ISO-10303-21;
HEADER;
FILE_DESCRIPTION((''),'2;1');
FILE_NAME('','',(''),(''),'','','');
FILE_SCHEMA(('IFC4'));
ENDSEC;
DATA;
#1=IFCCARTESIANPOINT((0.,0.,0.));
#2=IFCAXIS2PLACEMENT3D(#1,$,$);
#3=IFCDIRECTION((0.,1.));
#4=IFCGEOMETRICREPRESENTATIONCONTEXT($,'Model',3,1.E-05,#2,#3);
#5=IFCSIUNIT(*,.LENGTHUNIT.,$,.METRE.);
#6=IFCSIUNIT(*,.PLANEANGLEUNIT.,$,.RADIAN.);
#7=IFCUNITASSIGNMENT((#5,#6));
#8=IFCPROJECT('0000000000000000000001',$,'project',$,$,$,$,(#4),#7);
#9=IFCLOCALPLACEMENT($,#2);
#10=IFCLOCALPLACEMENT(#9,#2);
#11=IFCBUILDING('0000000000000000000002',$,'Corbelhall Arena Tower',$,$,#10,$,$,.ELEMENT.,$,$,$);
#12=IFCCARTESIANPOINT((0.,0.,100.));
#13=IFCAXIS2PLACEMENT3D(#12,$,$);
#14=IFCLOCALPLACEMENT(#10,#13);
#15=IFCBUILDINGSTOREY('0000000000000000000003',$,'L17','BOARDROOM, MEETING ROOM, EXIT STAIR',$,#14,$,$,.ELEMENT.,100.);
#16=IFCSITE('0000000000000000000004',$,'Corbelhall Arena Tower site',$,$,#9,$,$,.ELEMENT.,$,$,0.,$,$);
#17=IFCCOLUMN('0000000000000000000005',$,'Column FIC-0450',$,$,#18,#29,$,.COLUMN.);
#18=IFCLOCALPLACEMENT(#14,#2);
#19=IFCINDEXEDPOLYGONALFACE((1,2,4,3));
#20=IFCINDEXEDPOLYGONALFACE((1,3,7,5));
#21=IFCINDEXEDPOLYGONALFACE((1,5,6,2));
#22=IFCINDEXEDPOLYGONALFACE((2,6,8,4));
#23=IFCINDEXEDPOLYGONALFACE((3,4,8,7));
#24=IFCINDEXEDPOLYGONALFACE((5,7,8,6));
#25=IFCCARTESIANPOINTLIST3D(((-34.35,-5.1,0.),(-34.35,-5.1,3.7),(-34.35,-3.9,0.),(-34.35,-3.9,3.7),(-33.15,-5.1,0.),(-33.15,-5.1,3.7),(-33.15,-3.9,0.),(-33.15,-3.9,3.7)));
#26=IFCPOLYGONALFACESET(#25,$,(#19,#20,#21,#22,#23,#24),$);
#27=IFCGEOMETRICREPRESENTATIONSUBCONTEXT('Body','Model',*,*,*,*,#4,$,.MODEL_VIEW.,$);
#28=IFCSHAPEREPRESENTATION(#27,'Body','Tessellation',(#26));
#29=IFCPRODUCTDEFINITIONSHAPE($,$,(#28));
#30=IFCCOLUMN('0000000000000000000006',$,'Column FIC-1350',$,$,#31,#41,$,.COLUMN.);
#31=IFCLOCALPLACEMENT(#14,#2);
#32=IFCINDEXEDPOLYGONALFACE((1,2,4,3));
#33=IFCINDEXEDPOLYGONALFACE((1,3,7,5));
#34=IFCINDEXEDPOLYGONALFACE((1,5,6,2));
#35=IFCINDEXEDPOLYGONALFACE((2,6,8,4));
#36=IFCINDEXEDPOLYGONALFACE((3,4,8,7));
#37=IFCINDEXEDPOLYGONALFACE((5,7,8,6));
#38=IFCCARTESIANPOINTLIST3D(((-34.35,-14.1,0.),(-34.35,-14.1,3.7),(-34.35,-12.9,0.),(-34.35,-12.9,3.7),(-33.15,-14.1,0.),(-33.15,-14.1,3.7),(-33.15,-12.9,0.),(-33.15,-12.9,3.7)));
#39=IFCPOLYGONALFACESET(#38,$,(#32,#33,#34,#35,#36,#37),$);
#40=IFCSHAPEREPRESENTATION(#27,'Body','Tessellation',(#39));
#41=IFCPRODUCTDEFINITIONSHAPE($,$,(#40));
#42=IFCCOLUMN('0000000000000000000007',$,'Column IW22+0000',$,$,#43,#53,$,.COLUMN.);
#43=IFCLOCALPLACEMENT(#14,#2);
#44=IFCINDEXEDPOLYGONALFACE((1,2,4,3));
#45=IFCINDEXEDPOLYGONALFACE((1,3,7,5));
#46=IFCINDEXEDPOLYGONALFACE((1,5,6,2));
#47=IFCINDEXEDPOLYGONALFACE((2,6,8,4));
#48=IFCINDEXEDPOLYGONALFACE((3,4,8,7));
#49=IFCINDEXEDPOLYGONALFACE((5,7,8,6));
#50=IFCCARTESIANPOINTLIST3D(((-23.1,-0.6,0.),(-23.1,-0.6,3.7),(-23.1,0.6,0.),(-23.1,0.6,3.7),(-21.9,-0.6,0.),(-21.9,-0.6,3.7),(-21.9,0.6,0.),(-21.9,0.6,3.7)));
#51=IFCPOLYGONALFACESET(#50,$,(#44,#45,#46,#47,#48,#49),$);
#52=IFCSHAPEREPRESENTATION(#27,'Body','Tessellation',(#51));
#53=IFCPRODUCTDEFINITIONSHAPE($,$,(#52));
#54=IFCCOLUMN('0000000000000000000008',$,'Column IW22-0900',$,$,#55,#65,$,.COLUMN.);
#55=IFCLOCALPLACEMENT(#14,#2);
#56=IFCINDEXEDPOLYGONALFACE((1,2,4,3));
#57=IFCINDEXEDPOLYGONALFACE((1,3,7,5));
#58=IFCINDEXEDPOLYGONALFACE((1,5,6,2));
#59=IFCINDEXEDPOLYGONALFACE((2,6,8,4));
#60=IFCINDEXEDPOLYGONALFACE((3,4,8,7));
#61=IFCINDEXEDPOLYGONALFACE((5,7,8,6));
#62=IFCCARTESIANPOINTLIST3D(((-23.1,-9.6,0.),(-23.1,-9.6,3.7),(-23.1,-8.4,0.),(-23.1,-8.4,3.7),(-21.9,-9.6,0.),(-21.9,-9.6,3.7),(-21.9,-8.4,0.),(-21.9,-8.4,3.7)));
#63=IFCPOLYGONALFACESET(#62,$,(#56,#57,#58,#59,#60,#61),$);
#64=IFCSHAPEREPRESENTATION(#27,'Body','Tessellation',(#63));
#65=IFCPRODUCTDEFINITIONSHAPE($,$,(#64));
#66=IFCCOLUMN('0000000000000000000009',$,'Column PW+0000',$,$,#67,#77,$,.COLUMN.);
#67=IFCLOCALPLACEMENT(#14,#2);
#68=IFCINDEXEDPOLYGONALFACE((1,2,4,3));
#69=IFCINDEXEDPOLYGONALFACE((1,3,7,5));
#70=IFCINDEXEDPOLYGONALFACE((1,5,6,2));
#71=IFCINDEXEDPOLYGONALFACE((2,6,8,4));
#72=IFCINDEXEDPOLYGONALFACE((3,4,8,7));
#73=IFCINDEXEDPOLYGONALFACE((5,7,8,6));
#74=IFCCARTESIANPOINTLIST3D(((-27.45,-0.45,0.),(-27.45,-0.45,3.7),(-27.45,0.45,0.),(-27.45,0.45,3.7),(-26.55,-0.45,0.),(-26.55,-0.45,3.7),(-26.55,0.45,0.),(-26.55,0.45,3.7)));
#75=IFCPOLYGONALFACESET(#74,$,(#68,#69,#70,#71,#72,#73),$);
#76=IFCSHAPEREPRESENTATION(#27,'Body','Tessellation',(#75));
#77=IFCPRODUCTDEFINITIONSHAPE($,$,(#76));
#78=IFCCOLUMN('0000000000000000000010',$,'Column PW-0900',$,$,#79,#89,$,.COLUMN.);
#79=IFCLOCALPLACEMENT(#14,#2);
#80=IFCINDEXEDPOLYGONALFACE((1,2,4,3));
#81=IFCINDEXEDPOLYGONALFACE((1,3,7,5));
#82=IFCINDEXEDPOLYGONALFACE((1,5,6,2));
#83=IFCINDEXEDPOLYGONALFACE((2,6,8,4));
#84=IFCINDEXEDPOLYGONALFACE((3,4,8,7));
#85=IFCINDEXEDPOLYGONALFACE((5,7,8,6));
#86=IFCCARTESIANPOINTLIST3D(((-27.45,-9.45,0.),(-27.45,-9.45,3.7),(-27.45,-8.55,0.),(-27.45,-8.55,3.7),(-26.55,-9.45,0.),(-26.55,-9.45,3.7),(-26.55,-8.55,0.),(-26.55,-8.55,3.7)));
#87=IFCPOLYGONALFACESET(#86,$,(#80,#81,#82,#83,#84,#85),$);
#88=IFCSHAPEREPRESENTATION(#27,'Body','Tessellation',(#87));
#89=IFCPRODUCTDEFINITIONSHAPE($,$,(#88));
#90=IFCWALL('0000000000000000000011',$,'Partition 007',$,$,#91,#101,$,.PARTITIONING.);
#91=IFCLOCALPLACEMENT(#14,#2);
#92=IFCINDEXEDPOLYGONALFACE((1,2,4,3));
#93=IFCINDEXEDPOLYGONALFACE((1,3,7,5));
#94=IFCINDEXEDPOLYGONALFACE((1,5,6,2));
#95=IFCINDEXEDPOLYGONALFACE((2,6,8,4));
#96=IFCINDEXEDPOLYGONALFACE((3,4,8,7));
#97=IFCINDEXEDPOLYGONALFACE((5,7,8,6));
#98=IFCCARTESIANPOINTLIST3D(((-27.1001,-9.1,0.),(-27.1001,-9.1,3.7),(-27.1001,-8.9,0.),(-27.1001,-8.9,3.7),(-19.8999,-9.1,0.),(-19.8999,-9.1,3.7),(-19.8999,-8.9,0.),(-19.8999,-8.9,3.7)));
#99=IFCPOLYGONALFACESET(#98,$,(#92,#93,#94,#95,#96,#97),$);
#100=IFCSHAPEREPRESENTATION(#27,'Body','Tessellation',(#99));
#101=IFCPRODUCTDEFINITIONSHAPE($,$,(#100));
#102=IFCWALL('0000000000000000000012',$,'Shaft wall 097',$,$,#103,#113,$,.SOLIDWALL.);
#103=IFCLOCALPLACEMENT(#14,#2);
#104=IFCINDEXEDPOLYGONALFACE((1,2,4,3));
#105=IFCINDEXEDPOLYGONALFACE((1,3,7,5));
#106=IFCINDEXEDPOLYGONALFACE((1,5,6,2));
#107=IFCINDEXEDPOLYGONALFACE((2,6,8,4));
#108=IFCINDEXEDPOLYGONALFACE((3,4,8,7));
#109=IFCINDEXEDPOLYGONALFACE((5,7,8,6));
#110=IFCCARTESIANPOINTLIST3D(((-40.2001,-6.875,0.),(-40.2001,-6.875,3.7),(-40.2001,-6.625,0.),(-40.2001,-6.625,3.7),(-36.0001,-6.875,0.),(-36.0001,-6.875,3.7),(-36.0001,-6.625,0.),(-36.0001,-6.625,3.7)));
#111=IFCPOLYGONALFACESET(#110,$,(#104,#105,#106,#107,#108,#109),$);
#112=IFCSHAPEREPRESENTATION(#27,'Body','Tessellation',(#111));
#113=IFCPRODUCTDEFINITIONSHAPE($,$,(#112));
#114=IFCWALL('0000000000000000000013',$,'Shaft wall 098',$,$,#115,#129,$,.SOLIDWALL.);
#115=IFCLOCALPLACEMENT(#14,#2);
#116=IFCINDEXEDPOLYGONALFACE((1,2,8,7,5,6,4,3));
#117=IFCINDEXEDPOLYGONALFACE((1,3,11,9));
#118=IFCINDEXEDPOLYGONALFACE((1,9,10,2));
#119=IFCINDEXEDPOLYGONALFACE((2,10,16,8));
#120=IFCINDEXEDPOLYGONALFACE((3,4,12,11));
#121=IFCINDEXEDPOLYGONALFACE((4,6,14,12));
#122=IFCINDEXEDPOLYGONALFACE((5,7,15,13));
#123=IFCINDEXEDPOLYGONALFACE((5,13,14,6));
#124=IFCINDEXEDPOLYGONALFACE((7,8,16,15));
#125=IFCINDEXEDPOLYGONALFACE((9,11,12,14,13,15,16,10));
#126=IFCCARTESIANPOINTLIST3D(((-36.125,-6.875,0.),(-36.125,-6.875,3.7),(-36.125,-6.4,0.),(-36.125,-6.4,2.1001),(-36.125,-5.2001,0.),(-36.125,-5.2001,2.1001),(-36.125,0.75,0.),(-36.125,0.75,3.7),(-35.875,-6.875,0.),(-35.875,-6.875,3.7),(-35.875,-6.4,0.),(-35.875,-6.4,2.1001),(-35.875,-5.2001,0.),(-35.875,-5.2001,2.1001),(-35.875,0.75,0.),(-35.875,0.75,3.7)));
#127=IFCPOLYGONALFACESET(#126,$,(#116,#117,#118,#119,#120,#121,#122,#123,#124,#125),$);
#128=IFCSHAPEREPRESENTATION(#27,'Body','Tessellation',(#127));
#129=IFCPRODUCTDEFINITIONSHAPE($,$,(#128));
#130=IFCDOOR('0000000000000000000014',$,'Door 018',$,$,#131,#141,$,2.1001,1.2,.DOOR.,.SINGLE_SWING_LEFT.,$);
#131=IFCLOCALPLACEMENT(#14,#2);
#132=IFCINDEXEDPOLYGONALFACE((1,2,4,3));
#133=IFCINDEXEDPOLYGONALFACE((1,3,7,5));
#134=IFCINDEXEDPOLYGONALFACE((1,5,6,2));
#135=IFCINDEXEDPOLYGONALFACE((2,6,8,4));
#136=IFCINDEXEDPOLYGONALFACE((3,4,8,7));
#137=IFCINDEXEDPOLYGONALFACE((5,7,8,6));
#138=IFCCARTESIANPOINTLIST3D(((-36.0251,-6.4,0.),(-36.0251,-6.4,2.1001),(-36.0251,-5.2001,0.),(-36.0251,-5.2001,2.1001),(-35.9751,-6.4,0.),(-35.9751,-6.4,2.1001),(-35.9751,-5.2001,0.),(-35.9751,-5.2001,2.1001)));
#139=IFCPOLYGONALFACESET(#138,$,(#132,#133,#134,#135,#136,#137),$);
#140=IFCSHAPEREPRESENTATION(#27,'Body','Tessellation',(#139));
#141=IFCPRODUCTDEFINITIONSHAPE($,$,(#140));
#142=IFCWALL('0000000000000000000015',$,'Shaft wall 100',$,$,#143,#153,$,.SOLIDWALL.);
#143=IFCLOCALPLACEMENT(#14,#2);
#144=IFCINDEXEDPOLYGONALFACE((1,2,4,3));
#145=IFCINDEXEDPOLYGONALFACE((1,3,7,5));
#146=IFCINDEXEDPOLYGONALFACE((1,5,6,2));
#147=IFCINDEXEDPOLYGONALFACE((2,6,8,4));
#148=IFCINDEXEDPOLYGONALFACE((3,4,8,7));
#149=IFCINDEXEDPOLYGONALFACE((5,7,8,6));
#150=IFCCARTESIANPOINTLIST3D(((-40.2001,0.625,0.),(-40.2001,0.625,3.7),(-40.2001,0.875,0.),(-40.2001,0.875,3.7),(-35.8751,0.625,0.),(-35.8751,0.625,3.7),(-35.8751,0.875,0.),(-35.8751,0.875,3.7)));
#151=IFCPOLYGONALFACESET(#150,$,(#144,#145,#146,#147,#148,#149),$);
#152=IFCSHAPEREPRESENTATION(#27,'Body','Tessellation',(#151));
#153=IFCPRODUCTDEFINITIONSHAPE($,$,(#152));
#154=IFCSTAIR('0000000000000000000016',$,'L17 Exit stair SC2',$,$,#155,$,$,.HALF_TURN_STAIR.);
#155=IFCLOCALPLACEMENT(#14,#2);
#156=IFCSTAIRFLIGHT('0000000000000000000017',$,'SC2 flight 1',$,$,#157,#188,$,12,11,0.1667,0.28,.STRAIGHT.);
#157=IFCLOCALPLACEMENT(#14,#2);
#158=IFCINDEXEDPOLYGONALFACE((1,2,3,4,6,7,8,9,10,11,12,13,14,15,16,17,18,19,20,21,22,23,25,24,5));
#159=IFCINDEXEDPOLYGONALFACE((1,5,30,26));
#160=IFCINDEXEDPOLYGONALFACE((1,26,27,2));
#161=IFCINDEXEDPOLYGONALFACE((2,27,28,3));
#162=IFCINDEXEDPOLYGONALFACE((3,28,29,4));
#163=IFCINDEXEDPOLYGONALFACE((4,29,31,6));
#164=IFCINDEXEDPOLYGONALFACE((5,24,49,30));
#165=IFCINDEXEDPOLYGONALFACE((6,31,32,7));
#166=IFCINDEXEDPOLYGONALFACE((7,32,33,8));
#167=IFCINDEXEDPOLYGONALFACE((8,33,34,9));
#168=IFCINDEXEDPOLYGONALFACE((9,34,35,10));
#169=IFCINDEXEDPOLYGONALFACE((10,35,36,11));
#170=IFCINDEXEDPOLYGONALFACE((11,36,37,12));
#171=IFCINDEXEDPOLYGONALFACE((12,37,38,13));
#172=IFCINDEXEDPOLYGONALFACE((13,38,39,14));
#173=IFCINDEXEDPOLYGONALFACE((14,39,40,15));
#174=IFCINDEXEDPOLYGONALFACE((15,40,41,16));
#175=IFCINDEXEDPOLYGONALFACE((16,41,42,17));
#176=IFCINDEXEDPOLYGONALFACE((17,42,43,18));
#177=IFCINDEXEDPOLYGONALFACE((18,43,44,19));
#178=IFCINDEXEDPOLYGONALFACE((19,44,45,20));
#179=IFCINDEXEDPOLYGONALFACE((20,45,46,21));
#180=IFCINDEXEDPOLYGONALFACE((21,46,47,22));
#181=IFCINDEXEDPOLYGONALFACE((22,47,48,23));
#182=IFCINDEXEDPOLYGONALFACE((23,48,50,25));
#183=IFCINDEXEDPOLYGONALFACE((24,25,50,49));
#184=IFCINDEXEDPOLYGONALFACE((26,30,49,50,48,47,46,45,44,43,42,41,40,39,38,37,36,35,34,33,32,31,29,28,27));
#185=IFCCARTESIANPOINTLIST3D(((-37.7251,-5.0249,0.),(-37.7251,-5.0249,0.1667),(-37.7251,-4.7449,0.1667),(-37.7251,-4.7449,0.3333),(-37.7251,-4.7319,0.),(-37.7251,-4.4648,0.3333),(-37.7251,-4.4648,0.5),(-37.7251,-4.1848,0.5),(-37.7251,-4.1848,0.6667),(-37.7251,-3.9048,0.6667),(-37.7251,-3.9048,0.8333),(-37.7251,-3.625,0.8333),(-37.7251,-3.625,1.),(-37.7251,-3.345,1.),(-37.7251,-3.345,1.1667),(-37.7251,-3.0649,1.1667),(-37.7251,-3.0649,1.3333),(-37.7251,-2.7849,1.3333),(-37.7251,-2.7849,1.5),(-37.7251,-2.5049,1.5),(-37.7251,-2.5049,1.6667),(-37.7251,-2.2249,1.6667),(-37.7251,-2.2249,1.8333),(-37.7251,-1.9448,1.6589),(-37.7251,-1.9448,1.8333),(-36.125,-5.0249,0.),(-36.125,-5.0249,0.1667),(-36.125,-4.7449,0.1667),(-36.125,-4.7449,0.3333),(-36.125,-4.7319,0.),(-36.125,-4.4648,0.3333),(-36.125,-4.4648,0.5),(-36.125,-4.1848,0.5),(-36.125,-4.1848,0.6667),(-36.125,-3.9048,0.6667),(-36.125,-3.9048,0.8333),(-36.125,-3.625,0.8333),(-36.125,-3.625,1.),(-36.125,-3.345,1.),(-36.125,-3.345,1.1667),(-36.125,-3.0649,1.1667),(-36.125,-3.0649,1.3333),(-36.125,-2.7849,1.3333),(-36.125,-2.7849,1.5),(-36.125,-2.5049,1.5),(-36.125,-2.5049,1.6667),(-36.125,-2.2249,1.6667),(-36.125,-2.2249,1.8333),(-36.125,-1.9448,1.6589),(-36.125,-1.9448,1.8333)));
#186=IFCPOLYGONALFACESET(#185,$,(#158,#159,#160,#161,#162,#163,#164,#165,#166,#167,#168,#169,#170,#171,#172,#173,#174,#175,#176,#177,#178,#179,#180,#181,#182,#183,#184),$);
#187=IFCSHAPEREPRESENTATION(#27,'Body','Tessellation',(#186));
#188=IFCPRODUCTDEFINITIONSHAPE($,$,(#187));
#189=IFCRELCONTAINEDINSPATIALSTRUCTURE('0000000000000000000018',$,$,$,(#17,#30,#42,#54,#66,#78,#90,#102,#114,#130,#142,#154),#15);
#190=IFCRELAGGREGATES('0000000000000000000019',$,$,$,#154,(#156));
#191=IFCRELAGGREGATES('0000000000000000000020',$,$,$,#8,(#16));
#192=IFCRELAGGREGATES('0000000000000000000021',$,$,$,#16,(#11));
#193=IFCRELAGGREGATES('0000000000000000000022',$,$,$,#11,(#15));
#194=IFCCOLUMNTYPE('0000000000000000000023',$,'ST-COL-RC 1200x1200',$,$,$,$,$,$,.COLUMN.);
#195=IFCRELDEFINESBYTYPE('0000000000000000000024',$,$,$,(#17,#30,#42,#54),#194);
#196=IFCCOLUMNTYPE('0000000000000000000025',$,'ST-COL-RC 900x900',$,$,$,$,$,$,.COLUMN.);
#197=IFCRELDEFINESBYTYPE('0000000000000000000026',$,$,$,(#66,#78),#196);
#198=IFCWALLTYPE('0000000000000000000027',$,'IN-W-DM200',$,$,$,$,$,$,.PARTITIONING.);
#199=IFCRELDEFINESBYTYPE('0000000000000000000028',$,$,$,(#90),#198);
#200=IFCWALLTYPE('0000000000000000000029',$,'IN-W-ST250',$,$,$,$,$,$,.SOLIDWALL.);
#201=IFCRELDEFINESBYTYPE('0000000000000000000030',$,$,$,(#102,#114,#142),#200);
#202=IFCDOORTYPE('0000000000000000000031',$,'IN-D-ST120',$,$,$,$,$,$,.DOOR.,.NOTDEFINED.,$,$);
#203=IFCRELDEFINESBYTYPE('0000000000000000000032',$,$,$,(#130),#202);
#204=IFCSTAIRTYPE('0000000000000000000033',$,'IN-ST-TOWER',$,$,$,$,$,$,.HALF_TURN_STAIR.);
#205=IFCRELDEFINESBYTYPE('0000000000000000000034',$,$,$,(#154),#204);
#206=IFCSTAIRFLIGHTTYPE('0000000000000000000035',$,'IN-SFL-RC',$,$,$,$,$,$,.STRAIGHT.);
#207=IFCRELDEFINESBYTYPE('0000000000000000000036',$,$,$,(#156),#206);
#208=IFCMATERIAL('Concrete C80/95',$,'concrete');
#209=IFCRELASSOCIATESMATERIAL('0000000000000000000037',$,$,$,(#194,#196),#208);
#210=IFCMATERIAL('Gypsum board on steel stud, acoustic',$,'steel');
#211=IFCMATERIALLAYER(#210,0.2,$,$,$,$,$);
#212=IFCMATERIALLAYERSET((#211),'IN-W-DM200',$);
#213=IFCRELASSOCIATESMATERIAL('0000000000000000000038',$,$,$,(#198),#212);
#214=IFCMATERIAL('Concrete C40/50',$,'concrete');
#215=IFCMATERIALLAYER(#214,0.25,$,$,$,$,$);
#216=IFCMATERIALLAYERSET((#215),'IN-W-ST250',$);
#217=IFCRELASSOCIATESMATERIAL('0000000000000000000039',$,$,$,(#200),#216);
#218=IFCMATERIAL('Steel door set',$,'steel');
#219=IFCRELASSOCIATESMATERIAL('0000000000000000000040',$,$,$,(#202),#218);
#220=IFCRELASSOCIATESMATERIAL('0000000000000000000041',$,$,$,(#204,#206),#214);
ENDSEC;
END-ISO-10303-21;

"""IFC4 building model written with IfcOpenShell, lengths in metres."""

from ifc_helpers import new_model, si_unit, direction, frame, frame_2d, origin, origin_2d, place, context, subcontext, project, spatial, polyline, rectangle, outline, extrude, material, layer, layer_set, material_profile, profile_set, type_object, element, fill, aggregate, save


model = new_model("IFC4")

# Units and contexts
model_context = context("Model", 3, precision=1e-05, world=origin(), true_north=direction((0.0, 1.0)))
body_context = subcontext(model_context, "Body", "Model", "MODEL_VIEW")
ifc_project = project(units=[si_unit("LENGTHUNIT", "METRE"), si_unit("PLANEANGLEUNIT", "RADIAN")], contexts=[model_context])

# Site, building, storey
site_placement = place(None, origin())
site = spatial("IfcSite", under=ifc_project, at=site_placement, Name="Corbelhall Arena Tower site", CompositionType="ELEMENT", RefElevation=0.0)
building_placement = place(site_placement, origin())
building = spatial("IfcBuilding", under=site, at=building_placement, Name="Corbelhall Arena Tower", CompositionType="ELEMENT")
storey_placement = place(building_placement, frame((0.0, 0.0, 100.0)))
storey = spatial("IfcBuildingStorey", under=building, at=storey_placement, Name="L17", Description="BOARDROOM, MEETING ROOM, EXIT STAIR", CompositionType="ELEMENT", Elevation=100.0)

# Columns
ifc_material_1 = material(Name="Concrete C80/95", Category="concrete")
ifc_material_profile_1 = material_profile(ifc_material_1, rectangle(XDim=1.2, YDim=1.2, at=origin_2d()))
ifc_profile_set_1 = profile_set([ifc_material_profile_1], Name="Concrete C80/95")
column_type_1 = type_object("IfcColumnType", Name="ST-COL-RC 1200x1200", PredefinedType="COLUMN", material=ifc_profile_set_1)
for number, where, z_axis, x_axis, name in (
    (1, (-33.75, -4.5, 0.0), (0.0, 0.0, 1.0), (1.0, 0.0, 0.0), "Column FIC-0450"),
    (2, (-33.75, -13.5, 0.0), (0.0, 0.0, 1.0), (1.0, 0.0, 0.0), "Column FIC-1350"),
    (3, (-22.5, 0.0, 0.0), (0.0, 0.0, 1.0), (1.0, 0.0, 0.0), "Column IW22+0000"),
    (4, (-22.5, -9.0, 0.0), (0.0, 0.0, 1.0), (1.0, 0.0, 0.0), "Column IW22-0900"),
):
    element("IfcColumn", number, at=place(storey_placement, frame(where, z_axis=z_axis, x_axis=x_axis)), inside=storey, type_object=column_type_1, Name=name, PredefinedType="COLUMN", context=body_context, shape_type="SweptSolid", body=[
        extrude(rectangle(XDim=1.2, YDim=1.2, at=origin_2d()), origin(), (0.0, 0.0, 1.0), 3.7),
    ])
ifc_material_profile_2 = material_profile(ifc_material_1, rectangle(XDim=0.8999, YDim=0.8999, at=origin_2d()))
ifc_profile_set_2 = profile_set([ifc_material_profile_2], Name="Concrete C80/95")
column_type_2 = type_object("IfcColumnType", Name="ST-COL-RC 900x900", PredefinedType="COLUMN", material=ifc_profile_set_2)
for number, where, z_axis, x_axis, name in (
    (5, (-27.0, 0.0, 0.0), (0.0, 0.0, 1.0), (1.0, 0.0, 0.0), "Column PW+0000"),
    (6, (-27.0, -9.0, 0.0), (0.0, 0.0, 1.0), (1.0, 0.0, 0.0), "Column PW-0900"),
):
    element("IfcColumn", number, at=place(storey_placement, frame(where, z_axis=z_axis, x_axis=x_axis)), inside=storey, type_object=column_type_2, Name=name, PredefinedType="COLUMN", context=body_context, shape_type="SweptSolid", body=[
        extrude(rectangle(XDim=0.8999, YDim=0.8999, at=origin_2d()), origin(), (0.0, 0.0, 1.0), 3.7),
    ])

# Shared definitions
ifc_material_2 = material(Name="Gypsum board on steel stud, acoustic", Category="steel")
ifc_layer_1 = layer(ifc_material_2, 0.2)
ifc_layer_set_1 = layer_set([ifc_layer_1], Name="IN-W-DM200")
wall_type_1 = type_object("IfcWallType", Name="IN-W-DM200", PredefinedType="PARTITIONING", material=ifc_layer_set_1)
ifc_material_3 = material(Name="Steel door set", Category="steel")

# Walls
wall_1_placement = place(storey_placement, frame((-27.1001, -9.0, 0.0), z_axis=(0.0, 0.0, 1.0), x_axis=(1.0, 0.0, 0.0)))
element("IfcWall", 7, at=wall_1_placement, inside=storey, type_object=wall_type_1, Name="Partition 007", PredefinedType="PARTITIONING", context=body_context, shape_type="SweptSolid", body=[
    extrude(rectangle(XDim=7.2002, YDim=0.2, at=frame_2d((3.6001, 0.0))), origin(), (0.0, 0.0, 1.0), 3.7),
])
ifc_material_4 = material(Name="Concrete C40/50", Category="concrete")
ifc_layer_2 = layer(ifc_material_4, 0.25)
ifc_layer_set_2 = layer_set([ifc_layer_2], Name="IN-W-ST250")
wall_type_2 = type_object("IfcWallType", Name="IN-W-ST250", PredefinedType="SOLIDWALL", material=ifc_layer_set_2)
wall_2_placement = place(storey_placement, frame((-36.0, -6.75, 0.0), z_axis=(0.0, 0.0, 1.0), x_axis=(-1.0, 0.0, 0.0)))
element("IfcWall", 8, at=wall_2_placement, inside=storey, type_object=wall_type_2, Name="Shaft wall 097", PredefinedType="SOLIDWALL", context=body_context, shape_type="SweptSolid", body=[
    extrude(rectangle(XDim=4.2, YDim=0.25, at=frame_2d((2.1001, 0.0))), origin(), (0.0, 0.0, 1.0), 3.7),
])

# Wall, opening, door
wall_3_placement = place(storey_placement, frame((-36.0, 0.75, 0.0), z_axis=(0.0, 0.0, 1.0), x_axis=(0.0, -1.0, 0.0)))
wall_3 = element("IfcWall", 9, at=wall_3_placement, inside=storey, type_object=wall_type_2, Name="Shaft wall 098", PredefinedType="SOLIDWALL", context=body_context, shape_type="SweptSolid", body=[
    extrude(rectangle(XDim=7.625, YDim=0.25, at=frame_2d((3.8125, 0.0))), origin(), (0.0, 0.0, 1.0), 3.7),
])
opening_1_placement = place(wall_3_placement, frame((5.95, 0.0, 0.0)))
opening_1 = element("IfcOpeningElement", 10, at=opening_1_placement, cuts=wall_3, PredefinedType="OPENING", context=body_context, shape_type="SweptSolid", body=[
    extrude(rectangle(XDim=1.2, YDim=2.1001, at=frame_2d((0.6001, 1.05))), frame((0.0, 0.125, 0.0), z_axis=(0.0, -1.0, 0.0), x_axis=(1.0, 0.0, 0.0)), (0.0, 0.0, 1.0), 0.25),
])
door_type_1 = type_object("IfcDoorType", Name="IN-D-ST120", OperationType="NOTDEFINED", PredefinedType="DOOR", material=ifc_material_3)
door_1_placement = place(opening_1_placement, origin())
door_1 = element("IfcDoor", 11, at=door_1_placement, inside=storey, type_object=door_type_1, Name="Door 018", OperationType="SINGLE_SWING_LEFT", OverallHeight=2.1001, OverallWidth=1.2, PredefinedType="DOOR", context=body_context, shape_type="SweptSolid", body=[
    extrude(rectangle(XDim=1.2, YDim=2.1001, at=frame_2d((0.6001, 1.05))), frame((0.0, 0.0249, 0.0), z_axis=(0.0, -1.0, 0.0), x_axis=(1.0, 0.0, 0.0)), (0.0, 0.0, 1.0), 0.05),
])
fill(opening_1, door_1)

# Wall
wall_4_placement = place(storey_placement, frame((-35.875, 0.75, 0.0), z_axis=(0.0, 0.0, 1.0), x_axis=(-1.0, 0.0, 0.0)))
element("IfcWall", 12, at=wall_4_placement, inside=storey, type_object=wall_type_2, Name="Shaft wall 100", PredefinedType="SOLIDWALL", context=body_context, shape_type="SweptSolid", body=[
    extrude(rectangle(XDim=4.325, YDim=0.25, at=frame_2d((2.1626, 0.0))), origin(), (0.0, 0.0, 1.0), 3.7),
])

# Stair, stair flight
stair_type = type_object("IfcStairType", Name="IN-ST-TOWER", PredefinedType="HALF_TURN_STAIR", material=ifc_material_4)
stair_placement = place(storey_placement, origin())
stair = element("IfcStair", 13, at=stair_placement, inside=storey, type_object=stair_type, Name="L17 Exit stair SC2", PredefinedType="HALF_TURN_STAIR")
stair_flight_type = type_object("IfcStairFlightType", Name="IN-SFL-RC", PredefinedType="STRAIGHT", material=ifc_material_4)
stair_flight_placement = place(storey_placement, frame((-36.925, -5.0249, 0.0), z_axis=(0.0, 0.0, 1.0), x_axis=(0.0, 1.0, 0.0)))
stair_flight = element("IfcStairFlight", 14, at=stair_flight_placement, type_object=stair_flight_type, Name="SC2 flight 1", NumberOfRisers=12, NumberOfTreads=11, PredefinedType="STRAIGHT", RiserHeight=0.1667, TreadLength=0.28, context=body_context, shape_type="SweptSolid", body=[
    extrude(outline(polyline([(0.0, 0.0), (0.0, 0.1667), (0.28, 0.1667), (0.28, 0.3333), (0.5601, 0.3333), (0.5601, 0.5), (0.8401, 0.5), (0.8401, 0.6667), (1.1201, 0.6667), (1.1201, 0.8333), (1.3999, 0.8333), (1.3999, 1.0), (1.6799, 1.0), (1.6799, 1.1667), (1.96, 1.1667), (1.96, 1.3333), (2.24, 1.3333), (2.24, 1.5), (2.52, 1.5), (2.52, 1.6667), (2.8, 1.6667), (2.8, 1.8333), (3.0801, 1.8333), (3.0801, 2.0), (3.0801, 1.6589), (0.293, 0.0), (0.0, 0.0)])), frame((0.0, 0.8, 0.0), z_axis=(0.0, -1.0, 0.0), x_axis=(1.0, 0.0, 0.0)), (0.0, 0.0, 1.0), 1.6001),
])
aggregate(stair, [stair_flight])

save(model, "model.ifc")
